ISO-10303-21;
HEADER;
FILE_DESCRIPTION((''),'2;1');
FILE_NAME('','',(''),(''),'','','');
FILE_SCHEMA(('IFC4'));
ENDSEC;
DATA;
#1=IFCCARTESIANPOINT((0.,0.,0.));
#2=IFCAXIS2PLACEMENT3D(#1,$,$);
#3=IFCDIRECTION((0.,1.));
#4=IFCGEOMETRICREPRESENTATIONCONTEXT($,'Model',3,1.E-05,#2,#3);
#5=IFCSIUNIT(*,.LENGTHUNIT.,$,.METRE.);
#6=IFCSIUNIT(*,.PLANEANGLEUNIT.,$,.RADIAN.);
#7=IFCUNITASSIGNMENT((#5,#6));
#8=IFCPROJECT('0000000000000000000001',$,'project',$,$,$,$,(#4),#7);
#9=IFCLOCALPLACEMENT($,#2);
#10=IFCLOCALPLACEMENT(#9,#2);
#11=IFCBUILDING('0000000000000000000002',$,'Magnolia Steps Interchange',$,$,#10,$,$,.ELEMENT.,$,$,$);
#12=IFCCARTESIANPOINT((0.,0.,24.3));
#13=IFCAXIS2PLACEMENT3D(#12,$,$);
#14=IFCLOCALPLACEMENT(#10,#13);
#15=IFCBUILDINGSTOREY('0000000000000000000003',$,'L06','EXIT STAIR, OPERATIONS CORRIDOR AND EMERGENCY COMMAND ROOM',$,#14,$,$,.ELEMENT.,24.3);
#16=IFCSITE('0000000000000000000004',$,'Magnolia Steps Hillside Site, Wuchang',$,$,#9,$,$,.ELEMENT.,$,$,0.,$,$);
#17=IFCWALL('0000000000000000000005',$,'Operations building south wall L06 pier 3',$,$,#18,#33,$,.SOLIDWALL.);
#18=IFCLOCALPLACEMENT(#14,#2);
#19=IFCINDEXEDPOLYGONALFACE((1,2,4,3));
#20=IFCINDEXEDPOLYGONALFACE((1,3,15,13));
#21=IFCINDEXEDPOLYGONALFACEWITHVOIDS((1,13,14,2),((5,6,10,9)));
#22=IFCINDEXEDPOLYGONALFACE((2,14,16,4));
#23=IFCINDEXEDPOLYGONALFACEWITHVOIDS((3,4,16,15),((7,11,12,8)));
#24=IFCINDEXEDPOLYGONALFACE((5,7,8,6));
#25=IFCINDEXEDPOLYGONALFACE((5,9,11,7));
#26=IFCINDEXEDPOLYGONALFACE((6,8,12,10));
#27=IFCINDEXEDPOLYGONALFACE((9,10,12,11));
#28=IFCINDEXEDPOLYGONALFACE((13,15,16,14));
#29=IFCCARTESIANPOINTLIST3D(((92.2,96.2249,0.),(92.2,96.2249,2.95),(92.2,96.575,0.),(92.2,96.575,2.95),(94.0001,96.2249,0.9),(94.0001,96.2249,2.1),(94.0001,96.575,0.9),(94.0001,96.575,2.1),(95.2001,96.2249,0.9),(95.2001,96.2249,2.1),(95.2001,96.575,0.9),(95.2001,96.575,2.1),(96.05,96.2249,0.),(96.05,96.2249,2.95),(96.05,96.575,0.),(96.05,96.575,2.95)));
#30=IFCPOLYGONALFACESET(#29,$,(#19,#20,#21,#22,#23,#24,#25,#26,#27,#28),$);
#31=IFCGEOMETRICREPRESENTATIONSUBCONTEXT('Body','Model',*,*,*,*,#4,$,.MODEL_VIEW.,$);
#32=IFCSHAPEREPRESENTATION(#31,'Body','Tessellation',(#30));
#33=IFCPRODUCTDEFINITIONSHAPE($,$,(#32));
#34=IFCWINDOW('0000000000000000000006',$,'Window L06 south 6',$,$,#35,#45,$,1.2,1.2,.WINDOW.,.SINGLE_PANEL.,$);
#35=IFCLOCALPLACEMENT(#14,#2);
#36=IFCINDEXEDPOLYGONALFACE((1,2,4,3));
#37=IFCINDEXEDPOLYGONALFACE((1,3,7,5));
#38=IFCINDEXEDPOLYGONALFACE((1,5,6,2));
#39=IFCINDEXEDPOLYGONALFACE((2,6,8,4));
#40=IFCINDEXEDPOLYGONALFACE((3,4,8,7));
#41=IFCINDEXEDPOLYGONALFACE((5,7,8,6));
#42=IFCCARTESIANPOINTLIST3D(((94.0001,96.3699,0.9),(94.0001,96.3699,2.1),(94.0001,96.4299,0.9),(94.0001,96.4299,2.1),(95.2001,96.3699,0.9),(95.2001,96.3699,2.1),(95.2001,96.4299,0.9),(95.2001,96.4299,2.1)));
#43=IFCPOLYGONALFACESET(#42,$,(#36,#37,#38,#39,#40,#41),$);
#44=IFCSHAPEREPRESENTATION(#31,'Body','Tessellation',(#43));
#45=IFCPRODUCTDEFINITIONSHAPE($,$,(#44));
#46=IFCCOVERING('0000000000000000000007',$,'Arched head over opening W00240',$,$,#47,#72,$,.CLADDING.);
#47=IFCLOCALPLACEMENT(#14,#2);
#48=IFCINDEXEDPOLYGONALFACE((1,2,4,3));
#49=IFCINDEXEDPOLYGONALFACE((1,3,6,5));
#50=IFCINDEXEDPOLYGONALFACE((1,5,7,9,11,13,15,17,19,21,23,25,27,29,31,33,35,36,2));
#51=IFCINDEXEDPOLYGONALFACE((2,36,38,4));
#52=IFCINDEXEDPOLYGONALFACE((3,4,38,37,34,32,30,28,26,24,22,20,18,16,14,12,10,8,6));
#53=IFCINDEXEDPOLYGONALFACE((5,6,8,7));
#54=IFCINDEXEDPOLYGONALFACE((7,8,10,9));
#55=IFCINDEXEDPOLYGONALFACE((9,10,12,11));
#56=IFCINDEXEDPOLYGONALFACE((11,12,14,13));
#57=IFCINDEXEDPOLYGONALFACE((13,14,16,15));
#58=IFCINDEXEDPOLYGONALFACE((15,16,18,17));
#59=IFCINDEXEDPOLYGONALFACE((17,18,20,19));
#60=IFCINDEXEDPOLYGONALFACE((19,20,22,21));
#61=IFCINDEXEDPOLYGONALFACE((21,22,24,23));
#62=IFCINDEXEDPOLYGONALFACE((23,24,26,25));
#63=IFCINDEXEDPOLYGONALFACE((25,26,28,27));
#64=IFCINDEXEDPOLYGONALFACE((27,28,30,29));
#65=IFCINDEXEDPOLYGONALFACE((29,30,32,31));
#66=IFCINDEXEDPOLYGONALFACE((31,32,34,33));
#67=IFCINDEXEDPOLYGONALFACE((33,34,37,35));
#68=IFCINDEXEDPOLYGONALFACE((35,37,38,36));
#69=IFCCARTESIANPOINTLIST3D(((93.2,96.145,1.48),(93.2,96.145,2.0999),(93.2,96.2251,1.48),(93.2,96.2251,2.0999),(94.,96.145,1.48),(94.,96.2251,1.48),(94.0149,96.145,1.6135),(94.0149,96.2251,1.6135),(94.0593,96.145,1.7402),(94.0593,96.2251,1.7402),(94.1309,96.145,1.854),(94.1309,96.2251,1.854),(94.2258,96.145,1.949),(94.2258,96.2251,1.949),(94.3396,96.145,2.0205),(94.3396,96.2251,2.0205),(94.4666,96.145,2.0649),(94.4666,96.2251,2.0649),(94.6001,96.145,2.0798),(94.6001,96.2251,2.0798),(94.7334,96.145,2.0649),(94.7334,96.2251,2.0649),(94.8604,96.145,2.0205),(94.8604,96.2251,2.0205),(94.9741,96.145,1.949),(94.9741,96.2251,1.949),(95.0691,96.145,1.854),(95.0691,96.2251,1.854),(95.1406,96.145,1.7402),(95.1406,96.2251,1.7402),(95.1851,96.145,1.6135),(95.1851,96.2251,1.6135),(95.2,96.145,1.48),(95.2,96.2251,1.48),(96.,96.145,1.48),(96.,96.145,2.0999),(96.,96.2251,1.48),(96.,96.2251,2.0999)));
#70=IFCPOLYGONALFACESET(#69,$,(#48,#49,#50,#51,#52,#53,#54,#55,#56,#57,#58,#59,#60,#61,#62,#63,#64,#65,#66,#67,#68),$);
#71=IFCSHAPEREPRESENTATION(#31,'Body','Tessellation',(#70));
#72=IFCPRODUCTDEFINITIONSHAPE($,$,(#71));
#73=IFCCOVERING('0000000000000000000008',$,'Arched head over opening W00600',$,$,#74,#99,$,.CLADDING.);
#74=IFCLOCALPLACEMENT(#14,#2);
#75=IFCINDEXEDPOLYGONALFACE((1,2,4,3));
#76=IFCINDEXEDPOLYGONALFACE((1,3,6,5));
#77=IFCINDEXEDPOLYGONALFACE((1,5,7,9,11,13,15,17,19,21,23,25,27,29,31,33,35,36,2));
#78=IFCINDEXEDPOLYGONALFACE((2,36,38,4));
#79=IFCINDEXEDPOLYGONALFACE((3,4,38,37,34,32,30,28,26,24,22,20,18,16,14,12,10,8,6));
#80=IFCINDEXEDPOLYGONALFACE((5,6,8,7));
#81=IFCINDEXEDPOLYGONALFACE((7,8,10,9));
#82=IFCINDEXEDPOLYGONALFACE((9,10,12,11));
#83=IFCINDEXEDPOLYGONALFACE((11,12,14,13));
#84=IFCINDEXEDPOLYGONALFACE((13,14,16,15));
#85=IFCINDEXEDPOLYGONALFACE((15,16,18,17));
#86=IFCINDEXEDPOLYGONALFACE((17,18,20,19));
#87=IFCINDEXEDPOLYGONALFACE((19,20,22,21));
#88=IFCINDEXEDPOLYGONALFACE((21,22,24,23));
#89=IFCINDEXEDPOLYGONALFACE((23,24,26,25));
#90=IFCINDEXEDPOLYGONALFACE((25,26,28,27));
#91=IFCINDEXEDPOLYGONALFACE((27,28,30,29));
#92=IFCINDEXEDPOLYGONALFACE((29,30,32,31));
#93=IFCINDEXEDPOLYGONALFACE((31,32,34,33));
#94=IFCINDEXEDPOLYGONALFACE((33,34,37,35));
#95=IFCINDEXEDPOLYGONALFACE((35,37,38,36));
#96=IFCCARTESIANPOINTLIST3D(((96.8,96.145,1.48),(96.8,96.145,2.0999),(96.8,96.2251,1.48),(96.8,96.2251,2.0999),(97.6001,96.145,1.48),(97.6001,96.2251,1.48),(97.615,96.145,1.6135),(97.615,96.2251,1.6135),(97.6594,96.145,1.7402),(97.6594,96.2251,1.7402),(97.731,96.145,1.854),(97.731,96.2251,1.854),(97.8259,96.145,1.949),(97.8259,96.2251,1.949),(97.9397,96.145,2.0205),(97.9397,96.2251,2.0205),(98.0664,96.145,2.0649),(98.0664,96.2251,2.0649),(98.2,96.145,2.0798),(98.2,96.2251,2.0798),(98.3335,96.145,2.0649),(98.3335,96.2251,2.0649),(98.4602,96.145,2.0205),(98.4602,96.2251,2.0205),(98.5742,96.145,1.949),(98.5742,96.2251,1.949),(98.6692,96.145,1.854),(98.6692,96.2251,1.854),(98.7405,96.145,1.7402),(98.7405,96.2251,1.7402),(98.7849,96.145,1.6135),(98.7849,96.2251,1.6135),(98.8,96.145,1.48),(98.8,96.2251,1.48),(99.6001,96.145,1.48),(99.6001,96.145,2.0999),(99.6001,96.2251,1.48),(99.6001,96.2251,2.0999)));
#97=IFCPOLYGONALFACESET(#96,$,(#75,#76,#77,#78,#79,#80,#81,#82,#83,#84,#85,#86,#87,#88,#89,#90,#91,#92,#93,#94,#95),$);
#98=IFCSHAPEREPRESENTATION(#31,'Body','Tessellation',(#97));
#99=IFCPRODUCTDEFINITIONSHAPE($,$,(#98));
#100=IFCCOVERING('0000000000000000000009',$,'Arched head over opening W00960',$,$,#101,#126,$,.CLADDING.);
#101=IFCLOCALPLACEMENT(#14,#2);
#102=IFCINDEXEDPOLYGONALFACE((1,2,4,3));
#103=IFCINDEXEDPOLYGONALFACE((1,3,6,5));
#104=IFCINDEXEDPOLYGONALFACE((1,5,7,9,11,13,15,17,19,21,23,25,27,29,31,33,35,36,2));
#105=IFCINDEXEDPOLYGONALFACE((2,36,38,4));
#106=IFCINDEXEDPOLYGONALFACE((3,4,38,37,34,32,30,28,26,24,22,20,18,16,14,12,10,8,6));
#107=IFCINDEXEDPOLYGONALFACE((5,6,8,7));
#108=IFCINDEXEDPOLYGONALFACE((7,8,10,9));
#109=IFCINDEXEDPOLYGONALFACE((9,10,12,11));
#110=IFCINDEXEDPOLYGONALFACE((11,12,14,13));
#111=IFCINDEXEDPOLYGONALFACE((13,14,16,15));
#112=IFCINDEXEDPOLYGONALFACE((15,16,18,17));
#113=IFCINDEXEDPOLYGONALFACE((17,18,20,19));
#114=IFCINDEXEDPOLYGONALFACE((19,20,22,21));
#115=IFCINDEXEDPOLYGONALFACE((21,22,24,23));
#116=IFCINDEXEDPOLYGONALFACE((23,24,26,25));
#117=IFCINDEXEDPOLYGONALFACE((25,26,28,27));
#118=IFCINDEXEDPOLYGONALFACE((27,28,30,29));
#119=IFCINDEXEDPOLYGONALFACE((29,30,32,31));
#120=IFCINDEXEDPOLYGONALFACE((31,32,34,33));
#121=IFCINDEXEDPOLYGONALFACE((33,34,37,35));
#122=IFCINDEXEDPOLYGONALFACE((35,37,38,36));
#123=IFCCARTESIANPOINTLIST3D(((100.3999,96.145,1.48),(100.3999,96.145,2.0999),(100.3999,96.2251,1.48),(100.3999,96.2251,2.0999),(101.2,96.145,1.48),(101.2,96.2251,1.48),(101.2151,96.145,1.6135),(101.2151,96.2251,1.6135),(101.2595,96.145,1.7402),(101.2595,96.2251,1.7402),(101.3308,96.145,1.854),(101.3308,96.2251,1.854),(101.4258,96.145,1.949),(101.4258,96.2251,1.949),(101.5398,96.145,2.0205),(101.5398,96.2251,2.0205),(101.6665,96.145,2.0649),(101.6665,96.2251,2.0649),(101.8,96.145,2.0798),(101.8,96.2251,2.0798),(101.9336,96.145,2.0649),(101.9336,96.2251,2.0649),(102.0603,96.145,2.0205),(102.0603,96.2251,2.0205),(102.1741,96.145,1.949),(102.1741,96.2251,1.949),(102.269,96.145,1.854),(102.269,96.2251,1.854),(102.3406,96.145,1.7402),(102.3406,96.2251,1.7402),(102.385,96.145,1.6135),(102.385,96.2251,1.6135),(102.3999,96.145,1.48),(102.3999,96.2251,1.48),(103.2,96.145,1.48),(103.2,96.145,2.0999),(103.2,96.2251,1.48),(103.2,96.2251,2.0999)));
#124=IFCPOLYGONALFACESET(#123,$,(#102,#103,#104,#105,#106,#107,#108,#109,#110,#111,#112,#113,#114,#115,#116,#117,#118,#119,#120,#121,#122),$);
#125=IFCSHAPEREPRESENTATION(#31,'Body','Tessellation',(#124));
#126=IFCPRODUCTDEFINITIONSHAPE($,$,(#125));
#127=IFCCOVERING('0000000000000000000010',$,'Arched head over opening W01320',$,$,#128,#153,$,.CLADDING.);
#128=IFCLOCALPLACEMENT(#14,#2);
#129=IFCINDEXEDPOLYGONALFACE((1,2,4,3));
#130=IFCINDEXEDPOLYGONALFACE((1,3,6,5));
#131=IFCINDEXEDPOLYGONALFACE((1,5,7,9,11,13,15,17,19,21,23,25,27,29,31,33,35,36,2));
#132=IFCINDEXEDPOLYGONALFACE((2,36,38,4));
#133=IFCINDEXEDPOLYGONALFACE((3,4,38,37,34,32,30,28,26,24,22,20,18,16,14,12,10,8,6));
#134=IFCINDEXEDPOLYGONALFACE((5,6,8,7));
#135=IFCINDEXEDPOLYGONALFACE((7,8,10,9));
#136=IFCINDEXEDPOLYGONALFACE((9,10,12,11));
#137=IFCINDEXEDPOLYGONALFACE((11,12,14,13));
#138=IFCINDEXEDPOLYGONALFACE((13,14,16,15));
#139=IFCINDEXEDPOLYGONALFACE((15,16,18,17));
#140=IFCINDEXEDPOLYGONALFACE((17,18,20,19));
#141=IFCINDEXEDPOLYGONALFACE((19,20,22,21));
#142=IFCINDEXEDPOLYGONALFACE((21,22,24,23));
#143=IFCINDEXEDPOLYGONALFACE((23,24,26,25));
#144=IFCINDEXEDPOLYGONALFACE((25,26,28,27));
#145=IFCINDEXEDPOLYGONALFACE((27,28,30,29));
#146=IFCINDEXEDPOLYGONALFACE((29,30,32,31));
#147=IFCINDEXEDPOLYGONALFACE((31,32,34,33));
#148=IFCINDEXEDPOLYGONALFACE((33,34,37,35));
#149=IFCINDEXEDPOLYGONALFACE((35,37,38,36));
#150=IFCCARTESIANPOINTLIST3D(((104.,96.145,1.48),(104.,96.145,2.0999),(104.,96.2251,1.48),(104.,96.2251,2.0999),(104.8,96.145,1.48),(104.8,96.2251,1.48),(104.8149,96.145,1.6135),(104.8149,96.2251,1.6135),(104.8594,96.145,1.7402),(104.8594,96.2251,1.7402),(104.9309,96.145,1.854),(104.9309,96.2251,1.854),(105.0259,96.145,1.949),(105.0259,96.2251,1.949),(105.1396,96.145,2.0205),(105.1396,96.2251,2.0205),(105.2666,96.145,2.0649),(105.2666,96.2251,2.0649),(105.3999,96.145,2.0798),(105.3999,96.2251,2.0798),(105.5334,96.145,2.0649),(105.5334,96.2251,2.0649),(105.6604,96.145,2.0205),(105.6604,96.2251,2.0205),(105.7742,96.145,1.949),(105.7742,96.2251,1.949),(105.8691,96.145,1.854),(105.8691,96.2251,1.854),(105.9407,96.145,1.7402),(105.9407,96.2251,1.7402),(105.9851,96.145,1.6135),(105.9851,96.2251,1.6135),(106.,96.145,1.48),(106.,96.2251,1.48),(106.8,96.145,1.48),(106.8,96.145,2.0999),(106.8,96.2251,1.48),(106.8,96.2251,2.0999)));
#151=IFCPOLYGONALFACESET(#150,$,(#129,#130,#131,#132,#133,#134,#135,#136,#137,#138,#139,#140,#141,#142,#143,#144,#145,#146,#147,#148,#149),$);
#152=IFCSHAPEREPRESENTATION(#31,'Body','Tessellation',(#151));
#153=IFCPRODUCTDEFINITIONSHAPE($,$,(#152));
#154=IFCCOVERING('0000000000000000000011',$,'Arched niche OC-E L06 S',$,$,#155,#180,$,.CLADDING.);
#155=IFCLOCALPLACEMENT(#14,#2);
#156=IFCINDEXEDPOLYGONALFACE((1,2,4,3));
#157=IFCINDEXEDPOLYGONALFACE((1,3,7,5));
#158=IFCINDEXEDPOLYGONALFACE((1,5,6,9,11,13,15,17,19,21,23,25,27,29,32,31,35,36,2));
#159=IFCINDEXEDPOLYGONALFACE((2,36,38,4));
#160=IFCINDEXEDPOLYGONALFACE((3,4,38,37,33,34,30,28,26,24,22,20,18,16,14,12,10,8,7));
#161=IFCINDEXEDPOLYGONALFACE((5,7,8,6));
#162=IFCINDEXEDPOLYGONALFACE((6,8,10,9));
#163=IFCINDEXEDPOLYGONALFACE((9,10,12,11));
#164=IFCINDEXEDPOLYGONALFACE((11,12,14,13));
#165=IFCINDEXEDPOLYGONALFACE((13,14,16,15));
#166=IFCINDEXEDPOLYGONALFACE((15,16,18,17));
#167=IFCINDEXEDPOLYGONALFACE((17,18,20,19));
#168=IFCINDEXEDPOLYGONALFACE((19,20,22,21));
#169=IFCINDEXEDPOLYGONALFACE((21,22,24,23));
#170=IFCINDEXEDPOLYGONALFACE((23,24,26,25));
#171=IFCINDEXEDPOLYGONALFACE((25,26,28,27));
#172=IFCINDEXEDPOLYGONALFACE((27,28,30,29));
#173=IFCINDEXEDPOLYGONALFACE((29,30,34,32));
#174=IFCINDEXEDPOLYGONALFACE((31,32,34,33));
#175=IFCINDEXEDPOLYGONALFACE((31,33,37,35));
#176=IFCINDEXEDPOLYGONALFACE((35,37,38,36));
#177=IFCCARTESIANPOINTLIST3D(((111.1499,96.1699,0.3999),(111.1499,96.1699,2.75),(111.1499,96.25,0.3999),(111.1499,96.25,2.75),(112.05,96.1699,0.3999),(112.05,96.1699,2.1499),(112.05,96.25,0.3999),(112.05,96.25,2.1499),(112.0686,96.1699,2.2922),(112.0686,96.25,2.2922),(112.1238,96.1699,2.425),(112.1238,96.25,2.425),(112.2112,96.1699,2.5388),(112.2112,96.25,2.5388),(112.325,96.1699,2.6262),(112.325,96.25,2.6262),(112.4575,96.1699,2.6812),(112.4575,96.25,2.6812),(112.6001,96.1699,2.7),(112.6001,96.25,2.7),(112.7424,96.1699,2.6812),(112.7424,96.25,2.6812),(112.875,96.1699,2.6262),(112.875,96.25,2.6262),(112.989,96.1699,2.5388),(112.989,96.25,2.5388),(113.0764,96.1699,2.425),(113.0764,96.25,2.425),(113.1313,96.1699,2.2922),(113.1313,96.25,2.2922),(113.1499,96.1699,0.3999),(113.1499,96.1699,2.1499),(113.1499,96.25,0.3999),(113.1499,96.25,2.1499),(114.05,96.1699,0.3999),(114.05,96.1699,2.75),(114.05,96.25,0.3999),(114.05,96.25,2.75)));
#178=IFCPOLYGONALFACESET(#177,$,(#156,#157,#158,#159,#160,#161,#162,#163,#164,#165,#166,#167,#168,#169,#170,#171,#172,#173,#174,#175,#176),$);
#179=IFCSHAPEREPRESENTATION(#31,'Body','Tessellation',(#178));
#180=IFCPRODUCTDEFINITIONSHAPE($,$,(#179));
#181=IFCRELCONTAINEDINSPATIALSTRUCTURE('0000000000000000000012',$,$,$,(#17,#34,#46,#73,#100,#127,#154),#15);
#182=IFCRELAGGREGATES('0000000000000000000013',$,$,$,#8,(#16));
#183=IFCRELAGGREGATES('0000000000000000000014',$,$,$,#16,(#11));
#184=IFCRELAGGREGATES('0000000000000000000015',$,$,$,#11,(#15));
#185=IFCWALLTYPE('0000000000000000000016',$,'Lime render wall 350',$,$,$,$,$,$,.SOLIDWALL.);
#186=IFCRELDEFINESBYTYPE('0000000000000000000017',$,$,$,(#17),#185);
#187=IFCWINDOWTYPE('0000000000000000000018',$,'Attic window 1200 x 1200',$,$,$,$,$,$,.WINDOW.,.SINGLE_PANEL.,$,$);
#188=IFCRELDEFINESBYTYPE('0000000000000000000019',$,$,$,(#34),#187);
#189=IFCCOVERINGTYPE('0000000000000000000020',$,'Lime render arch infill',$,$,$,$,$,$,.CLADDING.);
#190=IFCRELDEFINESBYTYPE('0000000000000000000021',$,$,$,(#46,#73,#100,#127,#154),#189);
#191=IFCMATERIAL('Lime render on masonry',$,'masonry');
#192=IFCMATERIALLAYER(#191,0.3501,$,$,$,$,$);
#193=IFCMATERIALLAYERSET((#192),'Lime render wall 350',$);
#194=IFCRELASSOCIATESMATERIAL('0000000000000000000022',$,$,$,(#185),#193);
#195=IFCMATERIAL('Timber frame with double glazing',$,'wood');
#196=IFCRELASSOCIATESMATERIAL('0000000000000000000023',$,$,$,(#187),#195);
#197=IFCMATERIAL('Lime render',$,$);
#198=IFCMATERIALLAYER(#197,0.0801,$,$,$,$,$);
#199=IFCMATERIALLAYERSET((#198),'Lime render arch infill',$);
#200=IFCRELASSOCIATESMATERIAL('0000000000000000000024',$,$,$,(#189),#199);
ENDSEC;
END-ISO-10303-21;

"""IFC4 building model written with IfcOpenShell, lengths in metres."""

from ifc_helpers import new_model, si_unit, direction, frame, frame_2d, origin, place, context, subcontext, project, spatial, polyline, rectangle, outline, extrude, material, layer, layer_set, type_object, element, fill, save


model = new_model("IFC4")

# Units and contexts
model_context = context("Model", 3, precision=1e-05, world=origin(), true_north=direction((0.0, 1.0)))
body_context = subcontext(model_context, "Body", "Model", "MODEL_VIEW")
ifc_project = project(units=[si_unit("LENGTHUNIT", "METRE"), si_unit("PLANEANGLEUNIT", "RADIAN")], contexts=[model_context])

# Site, building, storey
site_placement = place(None, origin())
site = spatial("IfcSite", under=ifc_project, at=site_placement, Name="Magnolia Steps Hillside Site, Wuchang", CompositionType="ELEMENT", RefElevation=0.0)
building_placement = place(site_placement, origin())
building = spatial("IfcBuilding", under=site, at=building_placement, Name="Magnolia Steps Interchange", CompositionType="ELEMENT")
storey_placement = place(building_placement, frame((0.0, 0.0, 24.3)))
storey = spatial("IfcBuildingStorey", under=building, at=storey_placement, Name="L06", Description="EXIT STAIR, OPERATIONS CORRIDOR AND EMERGENCY COMMAND ROOM", CompositionType="ELEMENT", Elevation=24.3)

# Wall, opening, window
ifc_material_1 = material(Name="Lime render on masonry", Category="masonry")
ifc_layer_1 = layer(ifc_material_1, 0.3501)
ifc_layer_set_1 = layer_set([ifc_layer_1], Name="Lime render wall 350")
wall_type = type_object("IfcWallType", Name="Lime render wall 350", PredefinedType="SOLIDWALL", material=ifc_layer_set_1)
wall_placement = place(storey_placement, frame((92.2, 96.3999, 0.0), z_axis=(0.0, 0.0, 1.0), x_axis=(1.0, 0.0, 0.0)))
wall = element("IfcWall", 1, at=wall_placement, inside=storey, type_object=wall_type, Name="Operations building south wall L06 pier 3", PredefinedType="SOLIDWALL", context=body_context, shape_type="SweptSolid", body=[
    extrude(rectangle(XDim=3.8501, YDim=0.3501, at=frame_2d((1.925, 0.0))), origin(), (0.0, 0.0, 1.0), 2.95),
])
opening_placement = place(wall_placement, frame((1.8, 0.0, 0.8999)))
opening = element("IfcOpeningElement", 2, at=opening_placement, cuts=wall, PredefinedType="OPENING", context=body_context, shape_type="SweptSolid", body=[
    extrude(rectangle(XDim=1.2, YDim=1.2, at=frame_2d((0.6001, 0.6001))), frame((0.0, 0.1851, 0.0), z_axis=(0.0, -1.0, 0.0), x_axis=(1.0, 0.0, 0.0)), (0.0, 0.0, 1.0), 0.3701),
])
ifc_material_2 = material(Name="Timber frame with double glazing", Category="wood")
window_type = type_object("IfcWindowType", Name="Attic window 1200 x 1200", PartitioningType="SINGLE_PANEL", PredefinedType="WINDOW", material=ifc_material_2)
window_placement = place(opening_placement, origin())
window = element("IfcWindow", 3, at=window_placement, inside=storey, type_object=window_type, Name="Window L06 south 6", OverallHeight=1.2, OverallWidth=1.2, PartitioningType="SINGLE_PANEL", PredefinedType="WINDOW", context=body_context, shape_type="SweptSolid", body=[
    extrude(rectangle(XDim=1.2, YDim=1.2, at=frame_2d((0.6001, 0.6001))), frame((0.0, 0.03, 0.0), z_axis=(0.0, -1.0, 0.0), x_axis=(1.0, 0.0, 0.0)), (0.0, 0.0, 1.0), 0.0601),
])
fill(opening, window)

# Coverings
ifc_material_3 = material(Name="Lime render")
ifc_layer_2 = layer(ifc_material_3, 0.0801)
ifc_layer_set_2 = layer_set([ifc_layer_2], Name="Lime render arch infill")
covering_type_1 = type_object("IfcCoveringType", Name="Lime render arch infill", PredefinedType="CLADDING", material=ifc_layer_set_2)
covering_1_placement = place(storey_placement, frame((93.2, 96.2251, 1.48), z_axis=(0.0, 1.0, 0.0), x_axis=(0.0, 0.0, 1.0)))
element("IfcCovering", 4, at=covering_1_placement, inside=storey, type_object=covering_type_1, Name="Arched head over opening W00240", PredefinedType="CLADDING", context=body_context, shape_type="SweptSolid", body=[
    extrude(outline(polyline([(0.0, 0.0), (0.6199, 0.0), (0.6199, 2.8), (0.0, 2.8), (0.0, 2.0), (0.1335, 1.9851), (0.2603, 1.9407), (0.374, 1.8691), (0.469, 1.7742), (0.5405, 1.6604), (0.585, 1.5334), (0.5999, 1.4001), (0.585, 1.2666), (0.5405, 1.1396), (0.469, 1.0259), (0.374, 0.9309), (0.2603, 0.8594), (0.1335, 0.8149), (0.0, 0.8), (0.0, 0.0)])), origin(), (0.0, 0.0, -1.0), 0.0801),
])
covering_2_placement = place(storey_placement, frame((96.8, 96.2251, 1.48), z_axis=(0.0, 1.0, 0.0), x_axis=(0.0, 0.0, 1.0)))
element("IfcCovering", 5, at=covering_2_placement, inside=storey, type_object=covering_type_1, Name="Arched head over opening W00600", PredefinedType="CLADDING", context=body_context, shape_type="SweptSolid", body=[
    extrude(outline(polyline([(0.0, 0.0), (0.6199, 0.0), (0.6199, 2.8), (0.0, 2.8), (0.0, 2.0), (0.1335, 1.9849), (0.2603, 1.9404), (0.374, 1.8691), (0.469, 1.7742), (0.5405, 1.6602), (0.585, 1.5334), (0.5999, 1.3999), (0.585, 1.2664), (0.5405, 1.1396), (0.469, 1.0259), (0.374, 0.9309), (0.2603, 0.8594), (0.1335, 0.8149), (0.0, 0.8), (0.0, 0.0)])), origin(), (0.0, 0.0, -1.0), 0.0801),
])
covering_3_placement = place(storey_placement, frame((100.3999, 96.2251, 1.48), z_axis=(0.0, 1.0, 0.0), x_axis=(0.0, 0.0, 1.0)))
element("IfcCovering", 6, at=covering_3_placement, inside=storey, type_object=covering_type_1, Name="Arched head over opening W00960", PredefinedType="CLADDING", context=body_context, shape_type="SweptSolid", body=[
    extrude(outline(polyline([(0.0, 0.0), (0.6199, 0.0), (0.6199, 2.8), (0.0, 2.8), (0.0, 2.0), (0.1335, 1.9851), (0.2603, 1.9407), (0.374, 1.8691), (0.469, 1.7742), (0.5405, 1.6604), (0.585, 1.5337), (0.5999, 1.4001), (0.585, 1.2666), (0.5405, 1.1399), (0.469, 1.0259), (0.374, 0.9309), (0.2603, 0.8596), (0.1335, 0.8152), (0.0, 0.8), (0.0, 0.0)])), origin(), (0.0, 0.0, -1.0), 0.0801),
])
covering_4_placement = place(storey_placement, frame((104.0, 96.2251, 1.48), z_axis=(0.0, 1.0, 0.0), x_axis=(0.0, 0.0, 1.0)))
element("IfcCovering", 7, at=covering_4_placement, inside=storey, type_object=covering_type_1, Name="Arched head over opening W01320", PredefinedType="CLADDING", context=body_context, shape_type="SweptSolid", body=[
    extrude(outline(polyline([(0.0, 0.0), (0.6199, 0.0), (0.6199, 2.8), (0.0, 2.8), (0.0, 2.0), (0.1335, 1.9851), (0.2603, 1.9407), (0.374, 1.8691), (0.469, 1.7742), (0.5405, 1.6604), (0.585, 1.5334), (0.5999, 1.3999), (0.585, 1.2666), (0.5405, 1.1396), (0.469, 1.0259), (0.374, 0.9309), (0.2603, 0.8594), (0.1335, 0.8149), (0.0, 0.8), (0.0, 0.0)])), origin(), (0.0, 0.0, -1.0), 0.0801),
])
covering_5_placement = place(storey_placement, frame((111.1499, 96.25, 0.3999), z_axis=(0.0, 1.0, 0.0), x_axis=(0.0, 0.0, 1.0)))
element("IfcCovering", 8, at=covering_5_placement, inside=storey, type_object=covering_type_1, Name="Arched niche OC-E L06 S", PredefinedType="CLADDING", context=body_context, shape_type="SweptSolid", body=[
    extrude(outline(polyline([(0.0, 0.0), (2.3501, 0.0), (2.3501, 2.9001), (0.0, 2.9001), (0.0, 2.0), (1.75, 2.0), (1.8923, 1.9814), (2.0251, 1.9265), (2.1389, 1.8391), (2.2263, 1.7251), (2.2812, 1.5925), (2.3, 1.4502), (2.2812, 1.3076), (2.2263, 1.175), (2.1389, 1.0613), (2.0251, 0.9739), (1.8923, 0.9187), (1.75, 0.9001), (0.0, 0.9001), (0.0, 0.0)])), origin(), (0.0, 0.0, -1.0), 0.0801),
])

save(model, "model.ifc")
